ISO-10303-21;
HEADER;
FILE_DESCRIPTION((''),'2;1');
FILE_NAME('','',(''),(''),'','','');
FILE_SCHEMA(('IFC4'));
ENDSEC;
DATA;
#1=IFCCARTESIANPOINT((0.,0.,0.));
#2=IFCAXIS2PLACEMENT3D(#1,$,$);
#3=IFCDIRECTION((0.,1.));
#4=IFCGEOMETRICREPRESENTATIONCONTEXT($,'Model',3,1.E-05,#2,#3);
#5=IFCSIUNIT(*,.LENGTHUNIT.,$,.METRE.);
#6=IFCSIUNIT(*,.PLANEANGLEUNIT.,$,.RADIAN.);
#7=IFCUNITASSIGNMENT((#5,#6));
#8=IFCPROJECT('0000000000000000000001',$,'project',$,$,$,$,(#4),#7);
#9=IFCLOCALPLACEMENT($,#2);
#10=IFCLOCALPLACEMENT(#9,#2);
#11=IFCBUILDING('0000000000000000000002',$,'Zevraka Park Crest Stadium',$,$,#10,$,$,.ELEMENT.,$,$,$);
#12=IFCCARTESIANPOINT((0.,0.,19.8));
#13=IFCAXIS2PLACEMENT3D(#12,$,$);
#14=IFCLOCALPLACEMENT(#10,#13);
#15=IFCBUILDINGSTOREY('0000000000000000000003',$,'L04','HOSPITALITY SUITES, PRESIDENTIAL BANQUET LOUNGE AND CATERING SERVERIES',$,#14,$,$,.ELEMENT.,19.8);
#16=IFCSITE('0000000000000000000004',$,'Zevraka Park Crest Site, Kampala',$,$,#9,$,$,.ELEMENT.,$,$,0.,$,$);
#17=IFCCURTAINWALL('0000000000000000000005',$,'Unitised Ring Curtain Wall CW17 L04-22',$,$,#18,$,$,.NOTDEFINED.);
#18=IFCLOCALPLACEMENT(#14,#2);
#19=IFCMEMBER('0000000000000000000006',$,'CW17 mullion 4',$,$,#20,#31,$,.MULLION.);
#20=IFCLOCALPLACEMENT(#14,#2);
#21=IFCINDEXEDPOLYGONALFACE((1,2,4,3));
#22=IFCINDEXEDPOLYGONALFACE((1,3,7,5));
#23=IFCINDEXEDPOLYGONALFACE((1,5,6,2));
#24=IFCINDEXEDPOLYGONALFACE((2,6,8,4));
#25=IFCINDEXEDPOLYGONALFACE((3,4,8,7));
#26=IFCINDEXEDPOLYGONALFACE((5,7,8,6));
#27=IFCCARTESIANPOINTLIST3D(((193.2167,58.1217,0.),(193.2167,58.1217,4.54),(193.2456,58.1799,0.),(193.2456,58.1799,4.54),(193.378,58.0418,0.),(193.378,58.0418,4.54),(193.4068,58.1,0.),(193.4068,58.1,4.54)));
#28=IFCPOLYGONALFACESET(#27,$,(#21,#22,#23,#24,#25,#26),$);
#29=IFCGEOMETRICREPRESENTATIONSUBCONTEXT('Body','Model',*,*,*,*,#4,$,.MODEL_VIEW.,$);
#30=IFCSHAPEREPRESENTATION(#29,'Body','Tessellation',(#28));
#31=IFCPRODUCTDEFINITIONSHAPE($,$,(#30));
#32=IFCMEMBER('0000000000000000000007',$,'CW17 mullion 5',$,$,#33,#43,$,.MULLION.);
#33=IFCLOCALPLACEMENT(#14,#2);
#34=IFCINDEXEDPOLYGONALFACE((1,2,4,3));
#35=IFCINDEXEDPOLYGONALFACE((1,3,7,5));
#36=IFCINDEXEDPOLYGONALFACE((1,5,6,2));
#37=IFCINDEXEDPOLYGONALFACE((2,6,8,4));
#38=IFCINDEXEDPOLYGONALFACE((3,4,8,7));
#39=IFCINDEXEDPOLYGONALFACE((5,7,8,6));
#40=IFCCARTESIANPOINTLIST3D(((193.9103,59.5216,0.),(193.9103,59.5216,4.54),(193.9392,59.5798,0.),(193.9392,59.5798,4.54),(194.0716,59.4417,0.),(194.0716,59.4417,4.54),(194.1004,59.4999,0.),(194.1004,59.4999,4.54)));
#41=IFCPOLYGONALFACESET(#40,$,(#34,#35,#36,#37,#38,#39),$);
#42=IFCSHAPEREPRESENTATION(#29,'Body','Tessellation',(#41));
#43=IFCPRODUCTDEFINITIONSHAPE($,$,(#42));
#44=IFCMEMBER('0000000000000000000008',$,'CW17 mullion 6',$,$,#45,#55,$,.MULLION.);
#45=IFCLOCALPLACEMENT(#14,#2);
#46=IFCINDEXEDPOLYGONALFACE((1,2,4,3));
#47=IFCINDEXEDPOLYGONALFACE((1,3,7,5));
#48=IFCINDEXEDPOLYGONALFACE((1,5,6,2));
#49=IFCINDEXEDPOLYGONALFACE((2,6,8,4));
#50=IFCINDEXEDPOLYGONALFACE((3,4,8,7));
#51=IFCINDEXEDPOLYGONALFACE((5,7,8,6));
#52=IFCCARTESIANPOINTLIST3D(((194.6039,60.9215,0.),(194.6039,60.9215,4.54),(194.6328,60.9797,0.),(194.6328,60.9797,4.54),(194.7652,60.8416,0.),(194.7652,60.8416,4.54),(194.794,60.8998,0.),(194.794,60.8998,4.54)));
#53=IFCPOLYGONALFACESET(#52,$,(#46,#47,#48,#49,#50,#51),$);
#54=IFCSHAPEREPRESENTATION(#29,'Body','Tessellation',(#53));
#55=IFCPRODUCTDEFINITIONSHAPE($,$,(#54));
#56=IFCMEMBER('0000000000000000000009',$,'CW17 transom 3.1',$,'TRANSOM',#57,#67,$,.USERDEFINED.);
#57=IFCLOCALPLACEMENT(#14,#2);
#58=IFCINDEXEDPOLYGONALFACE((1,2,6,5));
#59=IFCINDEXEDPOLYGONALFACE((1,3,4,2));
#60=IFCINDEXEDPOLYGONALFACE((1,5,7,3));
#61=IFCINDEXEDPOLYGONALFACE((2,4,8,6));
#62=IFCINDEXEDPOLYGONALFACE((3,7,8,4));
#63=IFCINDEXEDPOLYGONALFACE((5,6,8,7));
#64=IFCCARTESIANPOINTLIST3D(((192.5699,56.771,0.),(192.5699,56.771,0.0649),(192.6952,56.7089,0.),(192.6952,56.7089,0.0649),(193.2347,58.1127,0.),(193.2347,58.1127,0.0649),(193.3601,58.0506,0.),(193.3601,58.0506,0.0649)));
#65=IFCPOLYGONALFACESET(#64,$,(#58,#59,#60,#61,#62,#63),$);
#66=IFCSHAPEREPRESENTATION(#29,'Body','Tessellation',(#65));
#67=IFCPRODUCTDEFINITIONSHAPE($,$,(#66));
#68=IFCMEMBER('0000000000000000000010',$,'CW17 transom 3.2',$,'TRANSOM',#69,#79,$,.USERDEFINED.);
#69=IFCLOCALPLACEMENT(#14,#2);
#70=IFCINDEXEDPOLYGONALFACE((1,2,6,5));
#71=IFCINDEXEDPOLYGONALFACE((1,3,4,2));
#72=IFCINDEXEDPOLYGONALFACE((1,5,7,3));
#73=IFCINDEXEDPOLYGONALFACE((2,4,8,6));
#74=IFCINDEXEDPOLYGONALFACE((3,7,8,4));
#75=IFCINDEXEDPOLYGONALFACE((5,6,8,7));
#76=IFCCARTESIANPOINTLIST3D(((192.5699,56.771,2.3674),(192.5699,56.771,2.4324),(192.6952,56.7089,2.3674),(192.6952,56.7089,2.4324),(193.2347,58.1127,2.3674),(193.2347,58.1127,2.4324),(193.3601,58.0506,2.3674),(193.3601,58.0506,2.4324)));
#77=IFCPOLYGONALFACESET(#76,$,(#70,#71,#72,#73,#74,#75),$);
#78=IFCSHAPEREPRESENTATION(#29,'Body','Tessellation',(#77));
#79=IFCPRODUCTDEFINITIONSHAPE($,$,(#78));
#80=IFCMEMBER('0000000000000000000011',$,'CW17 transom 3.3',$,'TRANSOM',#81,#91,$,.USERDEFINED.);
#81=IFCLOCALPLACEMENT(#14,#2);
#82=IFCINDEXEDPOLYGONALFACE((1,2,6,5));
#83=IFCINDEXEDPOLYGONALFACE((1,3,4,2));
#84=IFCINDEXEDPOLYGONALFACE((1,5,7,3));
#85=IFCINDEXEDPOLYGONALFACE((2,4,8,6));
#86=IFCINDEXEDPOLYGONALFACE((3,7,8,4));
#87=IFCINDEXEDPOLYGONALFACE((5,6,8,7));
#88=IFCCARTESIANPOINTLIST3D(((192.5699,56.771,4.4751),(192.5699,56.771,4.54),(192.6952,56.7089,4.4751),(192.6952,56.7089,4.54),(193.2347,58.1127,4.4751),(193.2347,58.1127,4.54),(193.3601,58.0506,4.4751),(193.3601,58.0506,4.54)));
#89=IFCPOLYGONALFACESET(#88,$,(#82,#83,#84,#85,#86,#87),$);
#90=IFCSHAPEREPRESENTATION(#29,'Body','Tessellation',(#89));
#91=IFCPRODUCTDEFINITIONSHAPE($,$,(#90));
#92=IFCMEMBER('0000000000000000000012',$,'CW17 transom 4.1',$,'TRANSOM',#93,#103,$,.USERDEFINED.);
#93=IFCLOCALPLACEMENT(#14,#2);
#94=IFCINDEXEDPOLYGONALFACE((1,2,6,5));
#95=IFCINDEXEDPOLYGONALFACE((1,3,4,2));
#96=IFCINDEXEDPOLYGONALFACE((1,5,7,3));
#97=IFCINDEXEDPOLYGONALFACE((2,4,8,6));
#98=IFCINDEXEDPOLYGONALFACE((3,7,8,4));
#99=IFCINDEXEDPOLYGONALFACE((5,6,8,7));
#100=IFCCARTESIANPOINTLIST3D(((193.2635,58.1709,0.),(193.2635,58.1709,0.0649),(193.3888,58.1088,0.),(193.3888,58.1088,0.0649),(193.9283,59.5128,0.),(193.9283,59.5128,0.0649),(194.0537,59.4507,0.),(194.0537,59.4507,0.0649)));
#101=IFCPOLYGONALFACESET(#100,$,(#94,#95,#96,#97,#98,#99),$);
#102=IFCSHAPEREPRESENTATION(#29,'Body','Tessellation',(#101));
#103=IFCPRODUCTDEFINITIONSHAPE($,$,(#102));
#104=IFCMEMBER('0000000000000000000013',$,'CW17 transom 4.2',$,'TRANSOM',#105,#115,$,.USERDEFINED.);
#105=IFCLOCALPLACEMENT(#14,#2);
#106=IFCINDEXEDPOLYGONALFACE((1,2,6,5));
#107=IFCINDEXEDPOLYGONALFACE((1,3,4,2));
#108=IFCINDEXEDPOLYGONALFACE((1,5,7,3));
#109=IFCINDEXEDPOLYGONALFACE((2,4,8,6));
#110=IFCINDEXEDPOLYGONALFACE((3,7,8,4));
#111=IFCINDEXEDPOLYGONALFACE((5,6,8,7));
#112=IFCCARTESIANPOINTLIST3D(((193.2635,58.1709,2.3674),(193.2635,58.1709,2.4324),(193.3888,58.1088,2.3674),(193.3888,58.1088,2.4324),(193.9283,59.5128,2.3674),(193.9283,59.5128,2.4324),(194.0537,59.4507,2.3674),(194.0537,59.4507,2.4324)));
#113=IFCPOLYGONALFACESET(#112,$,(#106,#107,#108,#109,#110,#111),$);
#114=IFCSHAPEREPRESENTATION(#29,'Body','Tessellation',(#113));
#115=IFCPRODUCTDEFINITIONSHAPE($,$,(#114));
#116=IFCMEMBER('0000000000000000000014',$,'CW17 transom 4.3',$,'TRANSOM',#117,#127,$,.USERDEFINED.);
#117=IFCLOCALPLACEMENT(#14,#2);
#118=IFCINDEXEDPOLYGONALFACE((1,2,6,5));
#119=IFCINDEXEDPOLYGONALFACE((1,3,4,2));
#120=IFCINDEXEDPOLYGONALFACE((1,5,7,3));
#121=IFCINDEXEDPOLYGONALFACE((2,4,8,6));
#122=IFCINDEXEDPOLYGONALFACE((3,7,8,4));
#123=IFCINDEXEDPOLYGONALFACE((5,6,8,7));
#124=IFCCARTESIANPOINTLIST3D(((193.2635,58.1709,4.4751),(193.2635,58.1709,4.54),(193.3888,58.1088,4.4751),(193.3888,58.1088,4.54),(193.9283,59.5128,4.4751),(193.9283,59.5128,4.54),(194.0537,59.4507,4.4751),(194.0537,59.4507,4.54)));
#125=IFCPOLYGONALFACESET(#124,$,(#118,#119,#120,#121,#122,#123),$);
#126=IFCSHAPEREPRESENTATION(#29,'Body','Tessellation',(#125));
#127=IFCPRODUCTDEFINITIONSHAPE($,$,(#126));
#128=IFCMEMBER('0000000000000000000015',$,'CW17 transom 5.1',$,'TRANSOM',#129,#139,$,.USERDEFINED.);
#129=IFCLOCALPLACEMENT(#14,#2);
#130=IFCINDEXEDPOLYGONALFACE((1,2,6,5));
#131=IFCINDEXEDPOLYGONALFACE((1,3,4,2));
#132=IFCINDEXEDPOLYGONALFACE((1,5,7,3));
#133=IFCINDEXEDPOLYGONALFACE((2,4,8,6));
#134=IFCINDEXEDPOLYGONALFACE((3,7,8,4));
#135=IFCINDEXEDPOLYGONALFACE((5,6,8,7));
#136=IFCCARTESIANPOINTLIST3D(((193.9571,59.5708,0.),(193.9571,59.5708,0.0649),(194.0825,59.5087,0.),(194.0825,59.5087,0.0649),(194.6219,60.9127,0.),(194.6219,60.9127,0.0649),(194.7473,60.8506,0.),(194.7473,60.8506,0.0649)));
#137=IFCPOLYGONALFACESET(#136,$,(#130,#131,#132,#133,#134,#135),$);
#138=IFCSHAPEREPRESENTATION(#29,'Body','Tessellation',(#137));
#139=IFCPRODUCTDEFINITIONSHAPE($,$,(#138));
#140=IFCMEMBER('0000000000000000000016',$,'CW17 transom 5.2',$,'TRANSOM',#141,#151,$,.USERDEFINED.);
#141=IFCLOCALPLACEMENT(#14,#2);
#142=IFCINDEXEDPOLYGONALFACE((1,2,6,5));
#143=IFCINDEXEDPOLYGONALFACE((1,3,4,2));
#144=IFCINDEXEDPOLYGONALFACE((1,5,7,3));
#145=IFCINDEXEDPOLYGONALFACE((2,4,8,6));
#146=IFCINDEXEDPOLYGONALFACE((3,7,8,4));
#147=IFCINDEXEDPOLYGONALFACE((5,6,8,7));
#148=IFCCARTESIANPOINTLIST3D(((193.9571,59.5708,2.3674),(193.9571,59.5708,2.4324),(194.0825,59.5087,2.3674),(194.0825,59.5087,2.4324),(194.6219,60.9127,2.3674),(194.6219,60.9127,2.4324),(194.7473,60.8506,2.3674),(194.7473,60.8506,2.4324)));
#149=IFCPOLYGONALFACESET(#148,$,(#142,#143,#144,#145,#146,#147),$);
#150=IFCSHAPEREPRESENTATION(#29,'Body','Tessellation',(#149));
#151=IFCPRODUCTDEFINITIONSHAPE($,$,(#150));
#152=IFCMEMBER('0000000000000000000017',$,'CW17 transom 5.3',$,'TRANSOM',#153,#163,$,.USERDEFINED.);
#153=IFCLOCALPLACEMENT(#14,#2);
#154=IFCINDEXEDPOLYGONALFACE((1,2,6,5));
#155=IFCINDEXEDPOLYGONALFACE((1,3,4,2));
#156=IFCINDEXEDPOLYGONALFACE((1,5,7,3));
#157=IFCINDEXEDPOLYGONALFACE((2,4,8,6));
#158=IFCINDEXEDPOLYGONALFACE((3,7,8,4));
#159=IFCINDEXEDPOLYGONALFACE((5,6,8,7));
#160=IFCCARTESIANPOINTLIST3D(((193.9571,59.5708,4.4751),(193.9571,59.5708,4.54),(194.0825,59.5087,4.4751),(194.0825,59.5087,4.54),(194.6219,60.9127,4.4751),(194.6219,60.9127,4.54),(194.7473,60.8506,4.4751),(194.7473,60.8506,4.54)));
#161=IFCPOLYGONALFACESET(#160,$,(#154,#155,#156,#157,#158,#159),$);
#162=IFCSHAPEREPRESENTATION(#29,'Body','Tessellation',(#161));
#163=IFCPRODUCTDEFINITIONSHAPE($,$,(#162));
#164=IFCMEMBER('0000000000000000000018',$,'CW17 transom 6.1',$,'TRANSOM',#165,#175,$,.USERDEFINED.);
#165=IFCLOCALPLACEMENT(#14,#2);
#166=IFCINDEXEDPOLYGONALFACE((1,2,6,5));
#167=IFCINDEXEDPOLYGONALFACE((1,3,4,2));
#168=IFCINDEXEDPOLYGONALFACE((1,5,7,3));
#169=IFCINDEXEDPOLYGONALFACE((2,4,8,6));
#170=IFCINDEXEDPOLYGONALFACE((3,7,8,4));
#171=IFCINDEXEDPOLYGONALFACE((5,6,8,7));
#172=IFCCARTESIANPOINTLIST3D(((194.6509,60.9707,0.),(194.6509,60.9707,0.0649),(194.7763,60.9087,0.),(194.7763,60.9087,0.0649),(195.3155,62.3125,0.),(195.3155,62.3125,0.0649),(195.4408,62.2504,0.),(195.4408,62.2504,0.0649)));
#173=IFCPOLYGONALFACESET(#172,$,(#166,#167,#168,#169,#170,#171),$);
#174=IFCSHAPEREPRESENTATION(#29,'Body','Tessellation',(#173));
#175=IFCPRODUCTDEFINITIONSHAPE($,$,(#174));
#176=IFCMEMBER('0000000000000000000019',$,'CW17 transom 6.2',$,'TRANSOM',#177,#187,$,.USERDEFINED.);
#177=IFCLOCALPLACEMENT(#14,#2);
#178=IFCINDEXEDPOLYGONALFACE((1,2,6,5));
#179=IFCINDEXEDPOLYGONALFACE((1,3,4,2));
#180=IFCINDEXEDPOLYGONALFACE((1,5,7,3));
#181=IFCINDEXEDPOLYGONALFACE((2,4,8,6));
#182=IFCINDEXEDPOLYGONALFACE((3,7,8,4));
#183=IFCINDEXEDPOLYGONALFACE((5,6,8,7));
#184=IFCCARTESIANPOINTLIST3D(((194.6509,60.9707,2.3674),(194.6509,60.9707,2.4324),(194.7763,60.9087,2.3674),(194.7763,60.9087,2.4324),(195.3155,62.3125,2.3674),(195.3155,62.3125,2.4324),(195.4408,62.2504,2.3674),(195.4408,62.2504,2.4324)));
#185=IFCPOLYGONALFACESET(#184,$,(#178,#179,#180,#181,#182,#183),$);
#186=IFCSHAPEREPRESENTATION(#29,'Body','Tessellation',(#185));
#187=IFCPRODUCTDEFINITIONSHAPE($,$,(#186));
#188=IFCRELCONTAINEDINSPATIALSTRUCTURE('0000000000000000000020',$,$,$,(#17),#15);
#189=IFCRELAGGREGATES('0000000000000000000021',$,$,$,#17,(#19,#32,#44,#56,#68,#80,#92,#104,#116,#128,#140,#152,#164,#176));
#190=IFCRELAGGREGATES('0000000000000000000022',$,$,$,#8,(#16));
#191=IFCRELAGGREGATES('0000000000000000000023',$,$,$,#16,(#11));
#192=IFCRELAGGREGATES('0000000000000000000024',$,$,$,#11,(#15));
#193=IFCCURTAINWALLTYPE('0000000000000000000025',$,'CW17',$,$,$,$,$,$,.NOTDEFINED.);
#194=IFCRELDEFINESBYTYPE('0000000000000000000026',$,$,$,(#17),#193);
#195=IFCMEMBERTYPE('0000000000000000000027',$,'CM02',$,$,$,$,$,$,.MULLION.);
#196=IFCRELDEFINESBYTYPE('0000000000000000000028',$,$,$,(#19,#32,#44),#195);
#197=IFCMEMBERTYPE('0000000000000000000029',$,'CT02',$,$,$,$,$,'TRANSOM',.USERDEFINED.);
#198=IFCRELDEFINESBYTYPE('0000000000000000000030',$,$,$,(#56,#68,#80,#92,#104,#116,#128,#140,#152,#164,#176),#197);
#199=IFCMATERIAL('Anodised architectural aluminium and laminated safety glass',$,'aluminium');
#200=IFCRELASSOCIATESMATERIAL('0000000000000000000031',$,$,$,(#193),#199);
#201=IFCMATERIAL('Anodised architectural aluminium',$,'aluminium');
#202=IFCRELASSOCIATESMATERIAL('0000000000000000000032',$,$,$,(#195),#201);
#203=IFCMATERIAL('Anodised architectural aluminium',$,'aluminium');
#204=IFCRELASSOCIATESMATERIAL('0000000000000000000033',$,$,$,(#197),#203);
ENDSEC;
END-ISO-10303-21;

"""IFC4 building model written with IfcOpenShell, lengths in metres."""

from ifc_helpers import new_model, si_unit, direction, frame, origin, origin_2d, place, context, subcontext, project, spatial, rectangle, extrude, material, material_profile, profile_set, type_object, element, aggregate, save


model = new_model("IFC4")

# Units and contexts
model_context = context("Model", 3, precision=1e-05, world=origin(), true_north=direction((0.0, 1.0)))
body_context = subcontext(model_context, "Body", "Model", "MODEL_VIEW")
ifc_project = project(units=[si_unit("LENGTHUNIT", "METRE"), si_unit("PLANEANGLEUNIT", "RADIAN")], contexts=[model_context])

# Site, building, storey
site_placement = place(None, origin())
site = spatial("IfcSite", under=ifc_project, at=site_placement, Name="Zevraka Park Crest Site, Kampala", CompositionType="ELEMENT", RefElevation=0.0)
building_placement = place(site_placement, origin())
building = spatial("IfcBuilding", under=site, at=building_placement, Name="Zevraka Park Crest Stadium", CompositionType="ELEMENT")
storey_placement = place(building_placement, frame((0.0, 0.0, 19.8)))
storey = spatial("IfcBuildingStorey", under=building, at=storey_placement, Name="L04", Description="HOSPITALITY SUITES, PRESIDENTIAL BANQUET LOUNGE AND CATERING SERVERIES", CompositionType="ELEMENT", Elevation=19.8)

# Curtain wall, members
ifc_material_1 = material(Name="Anodised architectural aluminium and laminated safety glass", Category="aluminium")
curtain_wall_type = type_object("IfcCurtainWallType", Name="CW17", PredefinedType="NOTDEFINED", material=ifc_material_1)
curtain_wall_placement = place(storey_placement, origin())
curtain_wall = element("IfcCurtainWall", 1, at=curtain_wall_placement, inside=storey, type_object=curtain_wall_type, Name="Unitised Ring Curtain Wall CW17 L04-22", PredefinedType="NOTDEFINED")
ifc_material_2 = material(Name="Anodised architectural aluminium", Category="aluminium")
ifc_material_profile_1 = material_profile(ifc_material_2, rectangle(XDim=0.1799, YDim=0.0649, at=origin_2d()), Name="ALU MULLION 180x65")
ifc_profile_set_1 = profile_set([ifc_material_profile_1], Name="Anodised architectural aluminium")
member_type_1 = type_object("IfcMemberType", Name="CM02", PredefinedType="MULLION", material=ifc_profile_set_1)
member_1_placement = place(storey_placement, frame((193.3118, 58.1108, 0.0), z_axis=(0.0, 0.0, 1.0), x_axis=(-0.896046, 0.443961, 0.0)))
member_1 = element("IfcMember", 2, at=member_1_placement, type_object=member_type_1, Name="CW17 mullion 4", PredefinedType="MULLION", context=body_context, shape_type="SweptSolid", body=[
    extrude(rectangle(XDim=0.1799, YDim=0.0649, at=origin_2d()), origin(), (0.0, 0.0, 1.0), 4.54),
])
member_2_placement = place(storey_placement, frame((194.0054, 59.5107, 0.0), z_axis=(0.0, 0.0, 1.0), x_axis=(-0.896046, 0.443961, 0.0)))
member_2 = element("IfcMember", 3, at=member_2_placement, type_object=member_type_1, Name="CW17 mullion 5", PredefinedType="MULLION", context=body_context, shape_type="SweptSolid", body=[
    extrude(rectangle(XDim=0.1799, YDim=0.0649, at=origin_2d()), origin(), (0.0, 0.0, 1.0), 4.54),
])
member_3_placement = place(storey_placement, frame((194.699, 60.9106, 0.0), z_axis=(0.0, 0.0, 1.0), x_axis=(-0.896046, 0.443961, 0.0)))
member_3 = element("IfcMember", 4, at=member_3_placement, type_object=member_type_1, Name="CW17 mullion 6", PredefinedType="MULLION", context=body_context, shape_type="SweptSolid", body=[
    extrude(rectangle(XDim=0.1799, YDim=0.0649, at=origin_2d()), origin(), (0.0, 0.0, 1.0), 4.54),
])
ifc_material_3 = material(Name="Anodised architectural aluminium", Category="aluminium")
ifc_material_profile_2 = material_profile(ifc_material_3, rectangle(XDim=0.1399, YDim=0.0649, at=origin_2d()), Name="ALU TRANSOM 140x65")
ifc_profile_set_2 = profile_set([ifc_material_profile_2], Name="Anodised architectural aluminium")
member_type_2 = type_object("IfcMemberType", Name="CT02", ElementType="TRANSOM", PredefinedType="USERDEFINED", material=ifc_profile_set_2)
member_4_placement = place(storey_placement, frame((192.6326, 56.74, 0.0325), z_axis=(0.444015, 0.896019, 0.0), x_axis=(-0.896019, 0.444015, 0.0)))
member_4 = element("IfcMember", 5, at=member_4_placement, type_object=member_type_2, Name="CW17 transom 3.1", ObjectType="TRANSOM", PredefinedType="USERDEFINED", context=body_context, shape_type="SweptSolid", body=[
    extrude(rectangle(XDim=0.1399, YDim=0.0649, at=origin_2d()), origin(), (0.0, 0.0, 1.0), 1.4973),
])
member_5_placement = place(storey_placement, frame((192.6326, 56.74, 2.3999), z_axis=(0.444015, 0.896019, 0.0), x_axis=(-0.896019, 0.444015, 0.0)))
member_5 = element("IfcMember", 6, at=member_5_placement, type_object=member_type_2, Name="CW17 transom 3.2", ObjectType="TRANSOM", PredefinedType="USERDEFINED", context=body_context, shape_type="SweptSolid", body=[
    extrude(rectangle(XDim=0.1399, YDim=0.0649, at=origin_2d()), origin(), (0.0, 0.0, 1.0), 1.4973),
])
member_6_placement = place(storey_placement, frame((192.6326, 56.74, 4.5076), z_axis=(0.444015, 0.896019, 0.0), x_axis=(-0.896019, 0.444015, 0.0)))
member_6 = element("IfcMember", 7, at=member_6_placement, type_object=member_type_2, Name="CW17 transom 3.3", ObjectType="TRANSOM", PredefinedType="USERDEFINED", context=body_context, shape_type="SweptSolid", body=[
    extrude(rectangle(XDim=0.1399, YDim=0.0649, at=origin_2d()), origin(), (0.0, 0.0, 1.0), 1.4973),
])
member_7_placement = place(storey_placement, frame((193.3262, 58.1399, 0.0325), z_axis=(0.44395, 0.896052, 0.0), x_axis=(-0.896052, 0.44395, 0.0)))
member_7 = element("IfcMember", 8, at=member_7_placement, type_object=member_type_2, Name="CW17 transom 4.1", ObjectType="TRANSOM", PredefinedType="USERDEFINED", context=body_context, shape_type="SweptSolid", body=[
    extrude(rectangle(XDim=0.1399, YDim=0.0649, at=origin_2d()), origin(), (0.0, 0.0, 1.0), 1.4976),
])
member_8_placement = place(storey_placement, frame((193.3262, 58.1399, 2.3999), z_axis=(0.44395, 0.896052, 0.0), x_axis=(-0.896052, 0.44395, 0.0)))
member_8 = element("IfcMember", 9, at=member_8_placement, type_object=member_type_2, Name="CW17 transom 4.2", ObjectType="TRANSOM", PredefinedType="USERDEFINED", context=body_context, shape_type="SweptSolid", body=[
    extrude(rectangle(XDim=0.1399, YDim=0.0649, at=origin_2d()), origin(), (0.0, 0.0, 1.0), 1.4976),
])
member_9_placement = place(storey_placement, frame((193.3262, 58.1399, 4.5076), z_axis=(0.44395, 0.896052, 0.0), x_axis=(-0.896052, 0.44395, 0.0)))
member_9 = element("IfcMember", 10, at=member_9_placement, type_object=member_type_2, Name="CW17 transom 4.3", ObjectType="TRANSOM", PredefinedType="USERDEFINED", context=body_context, shape_type="SweptSolid", body=[
    extrude(rectangle(XDim=0.1399, YDim=0.0649, at=origin_2d()), origin(), (0.0, 0.0, 1.0), 1.4976),
])
member_10_placement = place(storey_placement, frame((194.0198, 59.5398, 0.0325), z_axis=(0.44395, 0.896052, 0.0), x_axis=(-0.896052, 0.44395, 0.0)))
member_10 = element("IfcMember", 11, at=member_10_placement, type_object=member_type_2, Name="CW17 transom 5.1", ObjectType="TRANSOM", PredefinedType="USERDEFINED", context=body_context, shape_type="SweptSolid", body=[
    extrude(rectangle(XDim=0.1399, YDim=0.0649, at=origin_2d()), origin(), (0.0, 0.0, 1.0), 1.4976),
])
member_11_placement = place(storey_placement, frame((194.0198, 59.5398, 2.3999), z_axis=(0.44395, 0.896052, 0.0), x_axis=(-0.896052, 0.44395, 0.0)))
member_11 = element("IfcMember", 12, at=member_11_placement, type_object=member_type_2, Name="CW17 transom 5.2", ObjectType="TRANSOM", PredefinedType="USERDEFINED", context=body_context, shape_type="SweptSolid", body=[
    extrude(rectangle(XDim=0.1399, YDim=0.0649, at=origin_2d()), origin(), (0.0, 0.0, 1.0), 1.4976),
])
member_12_placement = place(storey_placement, frame((194.0198, 59.5398, 4.5076), z_axis=(0.44395, 0.896052, 0.0), x_axis=(-0.896052, 0.44395, 0.0)))
member_12 = element("IfcMember", 13, at=member_12_placement, type_object=member_type_2, Name="CW17 transom 5.3", ObjectType="TRANSOM", PredefinedType="USERDEFINED", context=body_context, shape_type="SweptSolid", body=[
    extrude(rectangle(XDim=0.1399, YDim=0.0649, at=origin_2d()), origin(), (0.0, 0.0, 1.0), 1.4976),
])
member_13_placement = place(storey_placement, frame((194.7136, 60.9397, 0.0325), z_axis=(0.443819, 0.896116, 0.0), x_axis=(-0.896116, 0.443819, 0.0)))
member_13 = element("IfcMember", 14, at=member_13_placement, type_object=member_type_2, Name="CW17 transom 6.1", ObjectType="TRANSOM", PredefinedType="USERDEFINED", context=body_context, shape_type="SweptSolid", body=[
    extrude(rectangle(XDim=0.1399, YDim=0.0649, at=origin_2d()), origin(), (0.0, 0.0, 1.0), 1.4973),
])
member_14_placement = place(storey_placement, frame((194.7136, 60.9397, 2.3999), z_axis=(0.443819, 0.896116, 0.0), x_axis=(-0.896116, 0.443819, 0.0)))
member_14 = element("IfcMember", 15, at=member_14_placement, type_object=member_type_2, Name="CW17 transom 6.2", ObjectType="TRANSOM", PredefinedType="USERDEFINED", context=body_context, shape_type="SweptSolid", body=[
    extrude(rectangle(XDim=0.1399, YDim=0.0649, at=origin_2d()), origin(), (0.0, 0.0, 1.0), 1.4973),
])
aggregate(curtain_wall, [member_1, member_2, member_3, member_4, member_5, member_6, member_7, member_8, member_9, member_10, member_11, member_12, member_13, member_14])

save(model, "model.ifc")
